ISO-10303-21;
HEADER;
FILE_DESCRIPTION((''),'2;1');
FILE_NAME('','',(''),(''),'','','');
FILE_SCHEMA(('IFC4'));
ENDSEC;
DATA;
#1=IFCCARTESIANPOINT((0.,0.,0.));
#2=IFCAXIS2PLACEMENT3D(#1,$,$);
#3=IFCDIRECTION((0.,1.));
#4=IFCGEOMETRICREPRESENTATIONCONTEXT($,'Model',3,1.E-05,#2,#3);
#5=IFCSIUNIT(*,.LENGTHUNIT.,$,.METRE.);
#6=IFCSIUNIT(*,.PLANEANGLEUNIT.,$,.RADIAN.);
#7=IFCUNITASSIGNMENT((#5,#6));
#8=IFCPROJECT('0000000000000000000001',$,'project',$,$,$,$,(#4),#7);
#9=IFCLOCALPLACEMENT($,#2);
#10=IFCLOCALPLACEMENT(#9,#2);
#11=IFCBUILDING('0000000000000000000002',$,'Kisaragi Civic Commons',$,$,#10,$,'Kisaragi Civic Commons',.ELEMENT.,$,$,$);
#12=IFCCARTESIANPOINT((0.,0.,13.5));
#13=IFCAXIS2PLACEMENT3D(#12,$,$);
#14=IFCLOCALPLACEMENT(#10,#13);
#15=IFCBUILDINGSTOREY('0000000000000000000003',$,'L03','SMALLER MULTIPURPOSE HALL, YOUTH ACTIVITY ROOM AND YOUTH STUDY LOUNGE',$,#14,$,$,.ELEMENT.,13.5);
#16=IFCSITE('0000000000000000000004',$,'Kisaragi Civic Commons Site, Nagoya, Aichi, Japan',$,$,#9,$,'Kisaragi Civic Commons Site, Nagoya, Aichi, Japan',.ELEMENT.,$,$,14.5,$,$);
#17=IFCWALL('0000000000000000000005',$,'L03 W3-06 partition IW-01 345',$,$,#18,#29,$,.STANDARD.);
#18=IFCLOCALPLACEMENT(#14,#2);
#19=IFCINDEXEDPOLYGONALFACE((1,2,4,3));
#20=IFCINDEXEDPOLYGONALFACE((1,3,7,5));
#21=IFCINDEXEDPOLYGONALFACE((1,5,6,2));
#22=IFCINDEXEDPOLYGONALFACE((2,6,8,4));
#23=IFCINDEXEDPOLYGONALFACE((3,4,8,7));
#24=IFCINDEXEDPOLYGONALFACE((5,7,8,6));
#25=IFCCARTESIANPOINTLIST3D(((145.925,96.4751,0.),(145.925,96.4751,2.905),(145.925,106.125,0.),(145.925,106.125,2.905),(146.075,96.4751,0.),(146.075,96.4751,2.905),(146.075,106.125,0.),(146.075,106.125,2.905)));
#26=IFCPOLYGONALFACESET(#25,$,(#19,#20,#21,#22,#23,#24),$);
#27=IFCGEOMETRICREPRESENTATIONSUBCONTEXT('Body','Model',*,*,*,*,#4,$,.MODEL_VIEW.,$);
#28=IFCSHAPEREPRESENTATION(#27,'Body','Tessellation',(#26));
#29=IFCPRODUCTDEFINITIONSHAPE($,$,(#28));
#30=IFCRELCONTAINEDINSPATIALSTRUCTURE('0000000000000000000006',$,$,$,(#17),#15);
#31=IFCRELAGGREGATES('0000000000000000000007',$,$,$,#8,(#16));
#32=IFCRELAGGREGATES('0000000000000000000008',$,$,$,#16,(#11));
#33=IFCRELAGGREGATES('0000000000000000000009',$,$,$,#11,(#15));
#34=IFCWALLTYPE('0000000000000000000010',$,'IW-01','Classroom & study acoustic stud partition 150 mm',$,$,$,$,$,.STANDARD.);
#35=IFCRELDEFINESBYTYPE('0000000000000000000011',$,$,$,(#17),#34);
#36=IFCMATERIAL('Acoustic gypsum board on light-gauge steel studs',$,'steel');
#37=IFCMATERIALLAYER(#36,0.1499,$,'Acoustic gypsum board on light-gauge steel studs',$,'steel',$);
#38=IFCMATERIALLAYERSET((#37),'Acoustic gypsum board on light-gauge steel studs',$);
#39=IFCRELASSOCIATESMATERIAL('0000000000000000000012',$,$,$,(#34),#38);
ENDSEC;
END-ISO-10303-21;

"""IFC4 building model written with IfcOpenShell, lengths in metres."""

from ifc_helpers import new_model, si_unit, direction, frame, frame_2d, origin, place, context, subcontext, project, spatial, rectangle, extrude, material, layer, layer_set, type_object, element, save


model = new_model("IFC4")

# Units and contexts
model_context = context("Model", 3, precision=1e-05, world=origin(), true_north=direction((0.0, 1.0)))
body_context = subcontext(model_context, "Body", "Model", "MODEL_VIEW")
ifc_project = project(units=[si_unit("LENGTHUNIT", "METRE"), si_unit("PLANEANGLEUNIT", "RADIAN")], contexts=[model_context])

# Site, building, storey
site_placement = place(None, origin())
site = spatial("IfcSite", under=ifc_project, at=site_placement, Name="Kisaragi Civic Commons Site, Nagoya, Aichi, Japan", LongName="Kisaragi Civic Commons Site, Nagoya, Aichi, Japan", CompositionType="ELEMENT", RefElevation=14.5)
building_placement = place(site_placement, origin())
building = spatial("IfcBuilding", under=site, at=building_placement, Name="Kisaragi Civic Commons", LongName="Kisaragi Civic Commons", CompositionType="ELEMENT")
storey_placement = place(building_placement, frame((0.0, 0.0, 13.5)))
storey = spatial("IfcBuildingStorey", under=building, at=storey_placement, Name="L03", Description="SMALLER MULTIPURPOSE HALL, YOUTH ACTIVITY ROOM AND YOUTH STUDY LOUNGE", CompositionType="ELEMENT", Elevation=13.5)

# Wall
ifc_material_1 = material(Name="Acoustic gypsum board on light-gauge steel studs", Category="steel")
ifc_layer_1 = layer(ifc_material_1, 0.1499, Name="Acoustic gypsum board on light-gauge steel studs", Category="steel")
ifc_layer_set_1 = layer_set([ifc_layer_1], Name="Acoustic gypsum board on light-gauge steel studs")
wall_type_1 = type_object("IfcWallType", Name="IW-01", Description="Classroom & study acoustic stud partition 150 mm", PredefinedType="STANDARD", material=ifc_layer_set_1)
wall_1_placement = place(storey_placement, frame((146.0, 106.125, 0.0), z_axis=(0.0, 0.0, 1.0), x_axis=(0.0, -1.0, 0.0)))
element("IfcWall", 1, at=wall_1_placement, inside=storey, type_object=wall_type_1, Name="L03 W3-06 partition IW-01 345", PredefinedType="STANDARD", context=body_context, shape_type="SweptSolid", body=[
    extrude(rectangle(XDim=9.6499, YDim=0.1499, at=frame_2d((4.825, 0.0))), origin(), (0.0, 0.0, 1.0), 2.905),
])

save(model, "model.ifc")
